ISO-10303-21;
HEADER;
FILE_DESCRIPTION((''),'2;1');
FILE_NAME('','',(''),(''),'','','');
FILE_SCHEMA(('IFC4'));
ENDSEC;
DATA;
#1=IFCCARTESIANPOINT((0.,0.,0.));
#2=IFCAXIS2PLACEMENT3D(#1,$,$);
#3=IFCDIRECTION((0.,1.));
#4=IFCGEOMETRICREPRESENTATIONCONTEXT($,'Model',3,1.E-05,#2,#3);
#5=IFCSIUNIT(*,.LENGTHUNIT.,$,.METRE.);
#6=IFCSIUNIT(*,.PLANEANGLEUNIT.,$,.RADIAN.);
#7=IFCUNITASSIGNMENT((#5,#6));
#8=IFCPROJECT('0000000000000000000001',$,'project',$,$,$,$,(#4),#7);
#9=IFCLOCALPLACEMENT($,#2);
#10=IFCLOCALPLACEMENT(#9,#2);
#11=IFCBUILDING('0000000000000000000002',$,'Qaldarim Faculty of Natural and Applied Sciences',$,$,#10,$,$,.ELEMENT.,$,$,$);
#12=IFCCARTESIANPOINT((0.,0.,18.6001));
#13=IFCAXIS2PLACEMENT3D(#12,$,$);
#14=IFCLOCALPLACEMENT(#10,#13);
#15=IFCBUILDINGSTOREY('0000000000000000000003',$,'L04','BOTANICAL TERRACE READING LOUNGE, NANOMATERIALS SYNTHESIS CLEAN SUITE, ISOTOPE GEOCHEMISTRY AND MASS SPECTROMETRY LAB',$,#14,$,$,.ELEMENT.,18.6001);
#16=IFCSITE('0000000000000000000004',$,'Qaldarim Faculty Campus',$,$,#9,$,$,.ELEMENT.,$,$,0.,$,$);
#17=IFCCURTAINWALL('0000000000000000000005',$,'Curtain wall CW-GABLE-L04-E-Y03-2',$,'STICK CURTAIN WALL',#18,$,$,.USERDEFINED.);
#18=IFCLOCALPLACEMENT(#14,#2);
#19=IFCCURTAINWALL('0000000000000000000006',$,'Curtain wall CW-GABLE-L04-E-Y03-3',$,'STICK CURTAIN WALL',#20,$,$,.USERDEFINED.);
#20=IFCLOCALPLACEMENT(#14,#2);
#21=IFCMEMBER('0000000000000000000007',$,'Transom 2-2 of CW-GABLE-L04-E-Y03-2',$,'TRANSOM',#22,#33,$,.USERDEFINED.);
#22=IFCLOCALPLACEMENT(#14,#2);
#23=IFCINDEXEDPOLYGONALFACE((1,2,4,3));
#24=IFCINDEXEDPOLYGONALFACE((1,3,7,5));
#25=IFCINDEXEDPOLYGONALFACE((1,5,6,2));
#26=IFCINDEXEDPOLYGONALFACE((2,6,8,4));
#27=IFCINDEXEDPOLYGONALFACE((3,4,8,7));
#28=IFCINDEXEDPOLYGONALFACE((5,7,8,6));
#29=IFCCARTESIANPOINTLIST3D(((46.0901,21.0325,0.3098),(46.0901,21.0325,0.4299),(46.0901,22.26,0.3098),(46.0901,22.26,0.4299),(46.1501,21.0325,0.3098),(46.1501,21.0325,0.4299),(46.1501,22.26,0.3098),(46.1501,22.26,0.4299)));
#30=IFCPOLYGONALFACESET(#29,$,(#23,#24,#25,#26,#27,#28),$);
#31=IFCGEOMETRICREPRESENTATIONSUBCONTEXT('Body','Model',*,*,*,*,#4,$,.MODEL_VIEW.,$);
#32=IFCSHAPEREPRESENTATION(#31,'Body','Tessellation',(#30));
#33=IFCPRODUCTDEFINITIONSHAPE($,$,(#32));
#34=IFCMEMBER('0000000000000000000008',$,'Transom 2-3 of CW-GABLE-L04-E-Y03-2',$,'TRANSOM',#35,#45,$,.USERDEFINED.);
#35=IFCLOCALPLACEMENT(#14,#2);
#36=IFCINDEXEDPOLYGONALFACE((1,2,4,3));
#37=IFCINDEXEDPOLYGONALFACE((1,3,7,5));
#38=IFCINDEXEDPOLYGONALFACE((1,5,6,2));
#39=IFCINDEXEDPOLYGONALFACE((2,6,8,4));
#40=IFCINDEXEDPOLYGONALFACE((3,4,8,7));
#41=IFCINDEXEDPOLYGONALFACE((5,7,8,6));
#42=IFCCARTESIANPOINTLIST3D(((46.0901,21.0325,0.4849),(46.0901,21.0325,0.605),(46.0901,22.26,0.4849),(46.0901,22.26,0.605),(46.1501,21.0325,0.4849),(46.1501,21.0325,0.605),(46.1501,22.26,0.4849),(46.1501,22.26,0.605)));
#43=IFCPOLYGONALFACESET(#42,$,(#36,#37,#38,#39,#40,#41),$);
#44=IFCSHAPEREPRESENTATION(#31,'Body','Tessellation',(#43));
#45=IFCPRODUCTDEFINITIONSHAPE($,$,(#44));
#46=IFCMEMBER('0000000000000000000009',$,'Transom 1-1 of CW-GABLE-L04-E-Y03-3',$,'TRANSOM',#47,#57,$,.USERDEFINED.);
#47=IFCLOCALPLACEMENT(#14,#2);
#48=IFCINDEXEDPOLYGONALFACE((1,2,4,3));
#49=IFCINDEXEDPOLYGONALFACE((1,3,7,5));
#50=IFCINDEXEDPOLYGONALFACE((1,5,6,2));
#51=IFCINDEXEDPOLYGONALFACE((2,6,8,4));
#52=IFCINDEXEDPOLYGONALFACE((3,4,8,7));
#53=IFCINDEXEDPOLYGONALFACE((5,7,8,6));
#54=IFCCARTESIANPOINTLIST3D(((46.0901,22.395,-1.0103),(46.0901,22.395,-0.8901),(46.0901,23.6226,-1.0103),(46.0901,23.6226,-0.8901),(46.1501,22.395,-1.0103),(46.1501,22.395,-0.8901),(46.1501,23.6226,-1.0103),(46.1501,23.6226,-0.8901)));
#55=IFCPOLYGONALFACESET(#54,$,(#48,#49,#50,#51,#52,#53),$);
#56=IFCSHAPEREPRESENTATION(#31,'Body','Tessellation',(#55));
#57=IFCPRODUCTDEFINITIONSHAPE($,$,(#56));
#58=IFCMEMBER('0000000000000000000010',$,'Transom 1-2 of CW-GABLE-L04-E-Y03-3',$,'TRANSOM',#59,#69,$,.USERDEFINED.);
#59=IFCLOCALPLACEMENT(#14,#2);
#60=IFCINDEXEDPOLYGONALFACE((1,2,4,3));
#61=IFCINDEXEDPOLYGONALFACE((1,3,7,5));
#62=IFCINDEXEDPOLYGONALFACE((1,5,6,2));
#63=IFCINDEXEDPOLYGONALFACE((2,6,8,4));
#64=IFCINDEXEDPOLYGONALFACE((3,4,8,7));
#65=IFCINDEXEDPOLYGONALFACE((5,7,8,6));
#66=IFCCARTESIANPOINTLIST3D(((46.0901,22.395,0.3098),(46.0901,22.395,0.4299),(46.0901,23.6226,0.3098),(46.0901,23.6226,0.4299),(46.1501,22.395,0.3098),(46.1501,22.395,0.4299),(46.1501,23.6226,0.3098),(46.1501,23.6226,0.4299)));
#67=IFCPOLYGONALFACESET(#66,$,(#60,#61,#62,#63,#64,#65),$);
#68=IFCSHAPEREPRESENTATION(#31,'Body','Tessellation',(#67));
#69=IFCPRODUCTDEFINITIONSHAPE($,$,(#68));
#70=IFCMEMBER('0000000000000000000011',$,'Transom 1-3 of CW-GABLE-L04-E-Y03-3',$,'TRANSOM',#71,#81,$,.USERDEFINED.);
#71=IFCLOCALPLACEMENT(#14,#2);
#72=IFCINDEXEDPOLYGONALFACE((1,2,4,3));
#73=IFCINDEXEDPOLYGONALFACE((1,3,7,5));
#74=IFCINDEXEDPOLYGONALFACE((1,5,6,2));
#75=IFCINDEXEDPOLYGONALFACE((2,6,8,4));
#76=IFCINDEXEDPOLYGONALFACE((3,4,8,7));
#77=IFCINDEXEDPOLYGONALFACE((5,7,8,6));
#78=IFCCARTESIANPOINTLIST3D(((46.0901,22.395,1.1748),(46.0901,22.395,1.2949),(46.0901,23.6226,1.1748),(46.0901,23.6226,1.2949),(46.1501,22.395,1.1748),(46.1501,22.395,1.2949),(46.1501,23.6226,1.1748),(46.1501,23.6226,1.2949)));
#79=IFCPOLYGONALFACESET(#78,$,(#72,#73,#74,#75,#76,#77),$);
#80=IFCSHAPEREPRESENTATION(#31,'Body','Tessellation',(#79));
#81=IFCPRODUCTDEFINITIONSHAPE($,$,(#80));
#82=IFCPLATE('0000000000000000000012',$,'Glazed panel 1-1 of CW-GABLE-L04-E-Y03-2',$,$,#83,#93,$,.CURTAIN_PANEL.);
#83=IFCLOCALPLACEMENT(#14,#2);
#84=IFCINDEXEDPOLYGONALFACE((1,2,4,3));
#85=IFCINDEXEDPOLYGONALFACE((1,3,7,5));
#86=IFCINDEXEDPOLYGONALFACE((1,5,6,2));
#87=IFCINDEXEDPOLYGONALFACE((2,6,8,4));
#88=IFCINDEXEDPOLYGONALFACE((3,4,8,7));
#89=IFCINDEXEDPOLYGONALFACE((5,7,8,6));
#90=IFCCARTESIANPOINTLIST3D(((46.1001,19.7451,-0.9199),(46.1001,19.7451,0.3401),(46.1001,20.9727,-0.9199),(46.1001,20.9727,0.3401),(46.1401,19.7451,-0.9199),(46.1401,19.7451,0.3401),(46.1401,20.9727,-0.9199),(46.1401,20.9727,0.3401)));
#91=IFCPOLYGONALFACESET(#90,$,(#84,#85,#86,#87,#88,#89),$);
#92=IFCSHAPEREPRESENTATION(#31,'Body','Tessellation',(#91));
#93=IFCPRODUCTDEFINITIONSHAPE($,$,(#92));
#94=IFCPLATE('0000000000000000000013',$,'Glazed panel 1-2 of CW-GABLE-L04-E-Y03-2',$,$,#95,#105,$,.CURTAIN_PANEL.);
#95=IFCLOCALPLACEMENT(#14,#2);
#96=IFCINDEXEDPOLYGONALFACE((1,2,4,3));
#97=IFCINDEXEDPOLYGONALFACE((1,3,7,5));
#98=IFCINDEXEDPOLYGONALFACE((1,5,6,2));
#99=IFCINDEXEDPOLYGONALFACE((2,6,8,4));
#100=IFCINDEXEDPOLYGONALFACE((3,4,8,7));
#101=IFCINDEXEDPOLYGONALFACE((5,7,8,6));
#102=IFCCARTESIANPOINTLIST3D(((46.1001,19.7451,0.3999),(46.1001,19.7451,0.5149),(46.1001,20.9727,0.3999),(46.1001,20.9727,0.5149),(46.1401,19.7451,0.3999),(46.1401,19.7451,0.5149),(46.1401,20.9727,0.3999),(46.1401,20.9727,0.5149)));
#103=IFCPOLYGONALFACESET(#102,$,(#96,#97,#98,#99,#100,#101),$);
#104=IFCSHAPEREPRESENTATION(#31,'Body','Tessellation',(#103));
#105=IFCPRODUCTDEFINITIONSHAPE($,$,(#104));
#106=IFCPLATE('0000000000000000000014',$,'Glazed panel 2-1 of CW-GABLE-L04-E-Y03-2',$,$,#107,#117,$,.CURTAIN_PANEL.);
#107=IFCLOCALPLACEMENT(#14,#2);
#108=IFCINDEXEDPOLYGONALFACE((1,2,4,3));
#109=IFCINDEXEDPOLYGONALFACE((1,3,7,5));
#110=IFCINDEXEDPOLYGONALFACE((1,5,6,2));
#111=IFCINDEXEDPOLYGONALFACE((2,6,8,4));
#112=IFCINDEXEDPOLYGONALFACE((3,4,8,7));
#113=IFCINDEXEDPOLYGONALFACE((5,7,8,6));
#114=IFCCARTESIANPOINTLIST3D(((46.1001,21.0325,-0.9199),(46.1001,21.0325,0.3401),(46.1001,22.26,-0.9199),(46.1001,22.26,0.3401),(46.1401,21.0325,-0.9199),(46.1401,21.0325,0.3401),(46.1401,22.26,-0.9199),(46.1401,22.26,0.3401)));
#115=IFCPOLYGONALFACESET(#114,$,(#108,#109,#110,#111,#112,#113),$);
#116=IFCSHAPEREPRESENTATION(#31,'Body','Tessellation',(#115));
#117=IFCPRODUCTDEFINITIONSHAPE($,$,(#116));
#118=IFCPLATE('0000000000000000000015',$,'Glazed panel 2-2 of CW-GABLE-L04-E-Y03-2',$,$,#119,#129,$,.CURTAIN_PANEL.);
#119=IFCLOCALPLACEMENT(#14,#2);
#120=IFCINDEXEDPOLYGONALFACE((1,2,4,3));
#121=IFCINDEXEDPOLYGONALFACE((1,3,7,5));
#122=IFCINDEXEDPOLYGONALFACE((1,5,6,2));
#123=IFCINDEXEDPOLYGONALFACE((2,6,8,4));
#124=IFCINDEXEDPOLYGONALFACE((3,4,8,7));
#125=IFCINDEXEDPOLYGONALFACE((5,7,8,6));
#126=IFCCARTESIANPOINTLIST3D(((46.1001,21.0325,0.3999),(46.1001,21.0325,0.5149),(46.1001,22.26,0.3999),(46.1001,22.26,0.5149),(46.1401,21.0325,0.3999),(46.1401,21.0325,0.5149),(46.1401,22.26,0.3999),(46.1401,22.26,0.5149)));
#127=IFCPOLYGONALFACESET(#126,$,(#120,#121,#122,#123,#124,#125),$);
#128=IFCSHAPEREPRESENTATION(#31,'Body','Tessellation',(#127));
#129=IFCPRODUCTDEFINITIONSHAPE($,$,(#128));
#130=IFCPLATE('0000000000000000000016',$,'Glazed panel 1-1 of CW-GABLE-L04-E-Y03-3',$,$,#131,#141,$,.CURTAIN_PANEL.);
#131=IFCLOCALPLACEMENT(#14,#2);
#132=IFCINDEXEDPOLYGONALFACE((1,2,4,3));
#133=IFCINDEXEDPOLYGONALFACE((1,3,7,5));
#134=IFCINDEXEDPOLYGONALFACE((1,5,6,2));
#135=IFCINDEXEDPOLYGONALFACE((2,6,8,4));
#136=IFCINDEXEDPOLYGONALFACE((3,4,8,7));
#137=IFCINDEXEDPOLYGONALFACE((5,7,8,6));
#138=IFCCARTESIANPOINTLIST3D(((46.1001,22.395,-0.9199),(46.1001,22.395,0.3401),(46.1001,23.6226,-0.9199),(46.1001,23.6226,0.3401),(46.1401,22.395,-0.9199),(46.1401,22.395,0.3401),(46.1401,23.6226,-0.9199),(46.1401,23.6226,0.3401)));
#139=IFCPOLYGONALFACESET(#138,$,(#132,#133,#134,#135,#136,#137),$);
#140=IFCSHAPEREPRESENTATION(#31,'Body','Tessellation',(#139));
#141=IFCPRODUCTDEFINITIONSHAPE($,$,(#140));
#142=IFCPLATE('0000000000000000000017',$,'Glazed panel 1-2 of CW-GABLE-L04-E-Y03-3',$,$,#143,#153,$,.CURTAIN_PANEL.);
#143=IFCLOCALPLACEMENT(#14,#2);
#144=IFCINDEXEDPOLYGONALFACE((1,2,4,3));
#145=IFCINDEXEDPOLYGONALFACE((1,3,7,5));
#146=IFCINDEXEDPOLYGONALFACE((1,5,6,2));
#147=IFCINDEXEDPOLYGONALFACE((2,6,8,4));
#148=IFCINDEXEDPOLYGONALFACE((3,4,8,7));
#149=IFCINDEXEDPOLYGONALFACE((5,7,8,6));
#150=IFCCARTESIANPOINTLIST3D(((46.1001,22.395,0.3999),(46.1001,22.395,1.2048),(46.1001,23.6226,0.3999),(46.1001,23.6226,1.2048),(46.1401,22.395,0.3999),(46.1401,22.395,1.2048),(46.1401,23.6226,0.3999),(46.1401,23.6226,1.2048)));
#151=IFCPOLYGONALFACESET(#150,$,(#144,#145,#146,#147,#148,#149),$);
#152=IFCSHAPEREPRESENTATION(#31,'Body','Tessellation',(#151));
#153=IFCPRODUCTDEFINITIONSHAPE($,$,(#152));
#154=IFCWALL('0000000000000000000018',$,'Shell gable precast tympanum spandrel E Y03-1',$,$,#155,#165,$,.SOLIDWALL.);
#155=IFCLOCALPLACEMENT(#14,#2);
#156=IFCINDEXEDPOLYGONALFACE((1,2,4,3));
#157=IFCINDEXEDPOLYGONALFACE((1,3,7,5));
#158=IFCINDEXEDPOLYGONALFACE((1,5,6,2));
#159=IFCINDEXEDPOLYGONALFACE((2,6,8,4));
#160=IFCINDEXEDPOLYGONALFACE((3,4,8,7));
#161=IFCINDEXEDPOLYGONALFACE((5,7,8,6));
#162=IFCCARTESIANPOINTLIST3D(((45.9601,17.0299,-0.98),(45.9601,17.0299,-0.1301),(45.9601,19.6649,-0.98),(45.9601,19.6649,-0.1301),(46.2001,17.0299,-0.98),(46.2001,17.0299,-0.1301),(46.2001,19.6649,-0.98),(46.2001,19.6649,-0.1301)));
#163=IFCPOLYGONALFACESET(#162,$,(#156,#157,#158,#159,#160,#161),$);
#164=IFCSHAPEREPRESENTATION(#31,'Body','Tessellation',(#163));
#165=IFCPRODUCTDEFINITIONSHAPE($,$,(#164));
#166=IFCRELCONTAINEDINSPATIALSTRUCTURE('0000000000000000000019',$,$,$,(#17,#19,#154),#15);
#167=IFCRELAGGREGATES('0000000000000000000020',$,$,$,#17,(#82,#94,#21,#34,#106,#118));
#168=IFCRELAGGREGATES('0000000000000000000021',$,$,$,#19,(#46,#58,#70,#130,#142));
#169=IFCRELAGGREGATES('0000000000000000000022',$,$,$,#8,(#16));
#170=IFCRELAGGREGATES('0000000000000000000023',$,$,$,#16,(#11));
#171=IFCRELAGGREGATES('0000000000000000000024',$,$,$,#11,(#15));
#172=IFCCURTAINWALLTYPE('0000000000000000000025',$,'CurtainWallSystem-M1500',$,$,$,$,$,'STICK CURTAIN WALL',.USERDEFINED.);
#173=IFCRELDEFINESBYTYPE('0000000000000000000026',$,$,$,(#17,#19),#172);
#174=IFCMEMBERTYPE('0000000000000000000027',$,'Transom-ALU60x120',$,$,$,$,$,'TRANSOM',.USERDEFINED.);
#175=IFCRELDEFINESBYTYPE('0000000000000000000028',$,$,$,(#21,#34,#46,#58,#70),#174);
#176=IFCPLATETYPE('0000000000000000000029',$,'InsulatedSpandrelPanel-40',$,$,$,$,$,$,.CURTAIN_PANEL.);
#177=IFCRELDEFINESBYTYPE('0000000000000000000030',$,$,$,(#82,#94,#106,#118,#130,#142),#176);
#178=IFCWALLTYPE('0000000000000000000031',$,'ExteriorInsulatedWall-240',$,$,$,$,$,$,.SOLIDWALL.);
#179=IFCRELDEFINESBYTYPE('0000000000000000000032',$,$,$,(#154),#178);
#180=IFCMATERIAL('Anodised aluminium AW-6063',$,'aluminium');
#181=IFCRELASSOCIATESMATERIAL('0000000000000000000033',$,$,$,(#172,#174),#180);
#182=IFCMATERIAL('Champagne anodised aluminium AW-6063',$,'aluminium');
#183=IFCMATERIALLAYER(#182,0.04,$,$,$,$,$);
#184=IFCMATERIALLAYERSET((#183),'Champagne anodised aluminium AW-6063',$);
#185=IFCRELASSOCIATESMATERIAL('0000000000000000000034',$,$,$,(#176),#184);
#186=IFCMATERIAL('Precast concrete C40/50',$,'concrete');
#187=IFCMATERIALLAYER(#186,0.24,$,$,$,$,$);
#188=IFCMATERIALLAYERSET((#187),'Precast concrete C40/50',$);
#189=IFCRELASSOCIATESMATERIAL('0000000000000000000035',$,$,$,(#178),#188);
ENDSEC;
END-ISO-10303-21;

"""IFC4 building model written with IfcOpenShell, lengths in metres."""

from ifc_helpers import new_model, si_unit, direction, frame, frame_2d, origin, origin_2d, place, context, subcontext, project, spatial, rectangle, extrude, material, layer, layer_set, material_profile, profile_set, type_object, element, aggregate, save


model = new_model("IFC4")

# Units and contexts
model_context = context("Model", 3, precision=1e-05, world=origin(), true_north=direction((0.0, 1.0)))
body_context = subcontext(model_context, "Body", "Model", "MODEL_VIEW")
ifc_project = project(units=[si_unit("LENGTHUNIT", "METRE"), si_unit("PLANEANGLEUNIT", "RADIAN")], contexts=[model_context])

# Site, building, storey
site_placement = place(None, origin())
site = spatial("IfcSite", under=ifc_project, at=site_placement, Name="Qaldarim Faculty Campus", CompositionType="ELEMENT", RefElevation=0.0)
building_placement = place(site_placement, origin())
building = spatial("IfcBuilding", under=site, at=building_placement, Name="Qaldarim Faculty of Natural and Applied Sciences", CompositionType="ELEMENT")
storey_placement = place(building_placement, frame((0.0, 0.0, 18.6001)))
storey = spatial("IfcBuildingStorey", under=building, at=storey_placement, Name="L04", Description="BOTANICAL TERRACE READING LOUNGE, NANOMATERIALS SYNTHESIS CLEAN SUITE, ISOTOPE GEOCHEMISTRY AND MASS SPECTROMETRY LAB", CompositionType="ELEMENT", Elevation=18.6001)

# Curtain walls
ifc_material_1 = material(Name="Anodised aluminium AW-6063", Category="aluminium")
curtain_wall_type = type_object("IfcCurtainWallType", Name="CurtainWallSystem-M1500", ElementType="STICK CURTAIN WALL", PredefinedType="USERDEFINED", material=ifc_material_1)
curtain_wall_1_placement = place(storey_placement, origin())
curtain_wall_1 = element("IfcCurtainWall", 1, at=curtain_wall_1_placement, inside=storey, type_object=curtain_wall_type, Name="Curtain wall CW-GABLE-L04-E-Y03-2", ObjectType="STICK CURTAIN WALL", PredefinedType="USERDEFINED")
curtain_wall_2_placement = place(storey_placement, origin())
curtain_wall_2 = element("IfcCurtainWall", 2, at=curtain_wall_2_placement, inside=storey, type_object=curtain_wall_type, Name="Curtain wall CW-GABLE-L04-E-Y03-3", ObjectType="STICK CURTAIN WALL", PredefinedType="USERDEFINED")

# Members
ifc_material_profile_1 = material_profile(ifc_material_1, rectangle(XDim=0.0601, YDim=0.1201, at=origin_2d()), Name="ALU-T60x120")
ifc_profile_set_1 = profile_set([ifc_material_profile_1], Name="Anodised aluminium AW-6063")
member_type_1 = type_object("IfcMemberType", Name="Transom-ALU60x120", ElementType="TRANSOM", PredefinedType="USERDEFINED", material=ifc_profile_set_1)
member_1_placement = place(storey_placement, frame((46.1201, 21.0325, 0.3699), z_axis=(0.0, 1.0, 0.0), x_axis=(-1.0, 0.0, 0.0)))
member_1 = element("IfcMember", 3, at=member_1_placement, type_object=member_type_1, Name="Transom 2-2 of CW-GABLE-L04-E-Y03-2", ObjectType="TRANSOM", PredefinedType="USERDEFINED", context=body_context, shape_type="SweptSolid", body=[
    extrude(rectangle(XDim=0.0601, YDim=0.1201, at=origin_2d()), origin(), (0.0, 0.0, 1.0), 1.2275),
])
member_2_placement = place(storey_placement, frame((46.1201, 21.0325, 0.5449), z_axis=(0.0, 1.0, 0.0), x_axis=(-1.0, 0.0, 0.0)))
member_2 = element("IfcMember", 4, at=member_2_placement, type_object=member_type_1, Name="Transom 2-3 of CW-GABLE-L04-E-Y03-2", ObjectType="TRANSOM", PredefinedType="USERDEFINED", context=body_context, shape_type="SweptSolid", body=[
    extrude(rectangle(XDim=0.0601, YDim=0.1201, at=origin_2d()), origin(), (0.0, 0.0, 1.0), 1.2275),
])
member_3_placement = place(storey_placement, frame((46.1201, 22.395, -0.9502), z_axis=(0.0, 1.0, 0.0), x_axis=(-1.0, 0.0, 0.0)))
member_3 = element("IfcMember", 5, at=member_3_placement, type_object=member_type_1, Name="Transom 1-1 of CW-GABLE-L04-E-Y03-3", ObjectType="TRANSOM", PredefinedType="USERDEFINED", context=body_context, shape_type="SweptSolid", body=[
    extrude(rectangle(XDim=0.0601, YDim=0.1201, at=origin_2d()), origin(), (0.0, 0.0, 1.0), 1.2275),
])
member_4_placement = place(storey_placement, frame((46.1201, 22.395, 0.3699), z_axis=(0.0, 1.0, 0.0), x_axis=(-1.0, 0.0, 0.0)))
member_4 = element("IfcMember", 6, at=member_4_placement, type_object=member_type_1, Name="Transom 1-2 of CW-GABLE-L04-E-Y03-3", ObjectType="TRANSOM", PredefinedType="USERDEFINED", context=body_context, shape_type="SweptSolid", body=[
    extrude(rectangle(XDim=0.0601, YDim=0.1201, at=origin_2d()), origin(), (0.0, 0.0, 1.0), 1.2275),
])
member_5_placement = place(storey_placement, frame((46.1201, 22.395, 1.2349), z_axis=(0.0, 1.0, 0.0), x_axis=(-1.0, 0.0, 0.0)))
member_5 = element("IfcMember", 7, at=member_5_placement, type_object=member_type_1, Name="Transom 1-3 of CW-GABLE-L04-E-Y03-3", ObjectType="TRANSOM", PredefinedType="USERDEFINED", context=body_context, shape_type="SweptSolid", body=[
    extrude(rectangle(XDim=0.0601, YDim=0.1201, at=origin_2d()), origin(), (0.0, 0.0, 1.0), 1.2275),
])

# Plates
ifc_material_2 = material(Name="Champagne anodised aluminium AW-6063", Category="aluminium")
ifc_layer_1 = layer(ifc_material_2, 0.04)
ifc_layer_set_1 = layer_set([ifc_layer_1], Name="Champagne anodised aluminium AW-6063")
plate_type = type_object("IfcPlateType", Name="InsulatedSpandrelPanel-40", PredefinedType="CURTAIN_PANEL", material=ifc_layer_set_1)
plate_1_placement = place(storey_placement, frame((46.1201, 20.3589, -0.9199), z_axis=(0.0, 0.0, 1.0), x_axis=(0.0, 1.0, 0.0)))
plate_1 = element("IfcPlate", 8, at=plate_1_placement, type_object=plate_type, Name="Glazed panel 1-1 of CW-GABLE-L04-E-Y03-2", PredefinedType="CURTAIN_PANEL", context=body_context, shape_type="SweptSolid", body=[
    extrude(rectangle(XDim=1.2275, YDim=0.04, at=origin_2d()), origin(), (0.0, 0.0, 1.0), 1.26),
])
plate_2_placement = place(storey_placement, frame((46.1201, 20.3589, 0.3999), z_axis=(0.0, 0.0, 1.0), x_axis=(0.0, 1.0, 0.0)))
plate_2 = element("IfcPlate", 9, at=plate_2_placement, type_object=plate_type, Name="Glazed panel 1-2 of CW-GABLE-L04-E-Y03-2", PredefinedType="CURTAIN_PANEL", context=body_context, shape_type="SweptSolid", body=[
    extrude(rectangle(XDim=1.2275, YDim=0.04, at=origin_2d()), origin(), (0.0, 0.0, 1.0), 0.115),
])
plate_3_placement = place(storey_placement, frame((46.1201, 21.6462, -0.9199), z_axis=(0.0, 0.0, 1.0), x_axis=(0.0, 1.0, 0.0)))
plate_3 = element("IfcPlate", 10, at=plate_3_placement, type_object=plate_type, Name="Glazed panel 2-1 of CW-GABLE-L04-E-Y03-2", PredefinedType="CURTAIN_PANEL", context=body_context, shape_type="SweptSolid", body=[
    extrude(rectangle(XDim=1.2275, YDim=0.04, at=origin_2d()), origin(), (0.0, 0.0, 1.0), 1.26),
])
plate_4_placement = place(storey_placement, frame((46.1201, 21.6462, 0.3999), z_axis=(0.0, 0.0, 1.0), x_axis=(0.0, 1.0, 0.0)))
plate_4 = element("IfcPlate", 11, at=plate_4_placement, type_object=plate_type, Name="Glazed panel 2-2 of CW-GABLE-L04-E-Y03-2", PredefinedType="CURTAIN_PANEL", context=body_context, shape_type="SweptSolid", body=[
    extrude(rectangle(XDim=1.2275, YDim=0.04, at=origin_2d()), origin(), (0.0, 0.0, 1.0), 0.115),
])
aggregate(curtain_wall_1, [plate_1, plate_2, member_1, member_2, plate_3, plate_4])
plate_5_placement = place(storey_placement, frame((46.1201, 23.0088, -0.9199), z_axis=(0.0, 0.0, 1.0), x_axis=(0.0, 1.0, 0.0)))
plate_5 = element("IfcPlate", 12, at=plate_5_placement, type_object=plate_type, Name="Glazed panel 1-1 of CW-GABLE-L04-E-Y03-3", PredefinedType="CURTAIN_PANEL", context=body_context, shape_type="SweptSolid", body=[
    extrude(rectangle(XDim=1.2275, YDim=0.04, at=origin_2d()), origin(), (0.0, 0.0, 1.0), 1.26),
])
plate_6_placement = place(storey_placement, frame((46.1201, 23.0088, 0.3999), z_axis=(0.0, 0.0, 1.0), x_axis=(0.0, 1.0, 0.0)))
plate_6 = element("IfcPlate", 13, at=plate_6_placement, type_object=plate_type, Name="Glazed panel 1-2 of CW-GABLE-L04-E-Y03-3", PredefinedType="CURTAIN_PANEL", context=body_context, shape_type="SweptSolid", body=[
    extrude(rectangle(XDim=1.2275, YDim=0.04, at=origin_2d()), origin(), (0.0, 0.0, 1.0), 0.8049),
])
aggregate(curtain_wall_2, [member_3, member_4, member_5, plate_5, plate_6])

# Wall
ifc_material_3 = material(Name="Precast concrete C40/50", Category="concrete")
ifc_layer_2 = layer(ifc_material_3, 0.24)
ifc_layer_set_2 = layer_set([ifc_layer_2], Name="Precast concrete C40/50")
wall_type = type_object("IfcWallType", Name="ExteriorInsulatedWall-240", PredefinedType="SOLIDWALL", material=ifc_layer_set_2)
wall_placement = place(storey_placement, frame((46.0801, 17.03, -0.98), z_axis=(0.0, 0.0, 1.0), x_axis=(0.0, 1.0, 0.0)))
element("IfcWall", 14, at=wall_placement, inside=storey, type_object=wall_type, Name="Shell gable precast tympanum spandrel E Y03-1", PredefinedType="SOLIDWALL", context=body_context, shape_type="SweptSolid", body=[
    extrude(rectangle(XDim=2.635, YDim=0.24, at=frame_2d((1.3174, 0.0))), origin(), (0.0, 0.0, 1.0), 0.8499),
])

save(model, "model.ifc")
